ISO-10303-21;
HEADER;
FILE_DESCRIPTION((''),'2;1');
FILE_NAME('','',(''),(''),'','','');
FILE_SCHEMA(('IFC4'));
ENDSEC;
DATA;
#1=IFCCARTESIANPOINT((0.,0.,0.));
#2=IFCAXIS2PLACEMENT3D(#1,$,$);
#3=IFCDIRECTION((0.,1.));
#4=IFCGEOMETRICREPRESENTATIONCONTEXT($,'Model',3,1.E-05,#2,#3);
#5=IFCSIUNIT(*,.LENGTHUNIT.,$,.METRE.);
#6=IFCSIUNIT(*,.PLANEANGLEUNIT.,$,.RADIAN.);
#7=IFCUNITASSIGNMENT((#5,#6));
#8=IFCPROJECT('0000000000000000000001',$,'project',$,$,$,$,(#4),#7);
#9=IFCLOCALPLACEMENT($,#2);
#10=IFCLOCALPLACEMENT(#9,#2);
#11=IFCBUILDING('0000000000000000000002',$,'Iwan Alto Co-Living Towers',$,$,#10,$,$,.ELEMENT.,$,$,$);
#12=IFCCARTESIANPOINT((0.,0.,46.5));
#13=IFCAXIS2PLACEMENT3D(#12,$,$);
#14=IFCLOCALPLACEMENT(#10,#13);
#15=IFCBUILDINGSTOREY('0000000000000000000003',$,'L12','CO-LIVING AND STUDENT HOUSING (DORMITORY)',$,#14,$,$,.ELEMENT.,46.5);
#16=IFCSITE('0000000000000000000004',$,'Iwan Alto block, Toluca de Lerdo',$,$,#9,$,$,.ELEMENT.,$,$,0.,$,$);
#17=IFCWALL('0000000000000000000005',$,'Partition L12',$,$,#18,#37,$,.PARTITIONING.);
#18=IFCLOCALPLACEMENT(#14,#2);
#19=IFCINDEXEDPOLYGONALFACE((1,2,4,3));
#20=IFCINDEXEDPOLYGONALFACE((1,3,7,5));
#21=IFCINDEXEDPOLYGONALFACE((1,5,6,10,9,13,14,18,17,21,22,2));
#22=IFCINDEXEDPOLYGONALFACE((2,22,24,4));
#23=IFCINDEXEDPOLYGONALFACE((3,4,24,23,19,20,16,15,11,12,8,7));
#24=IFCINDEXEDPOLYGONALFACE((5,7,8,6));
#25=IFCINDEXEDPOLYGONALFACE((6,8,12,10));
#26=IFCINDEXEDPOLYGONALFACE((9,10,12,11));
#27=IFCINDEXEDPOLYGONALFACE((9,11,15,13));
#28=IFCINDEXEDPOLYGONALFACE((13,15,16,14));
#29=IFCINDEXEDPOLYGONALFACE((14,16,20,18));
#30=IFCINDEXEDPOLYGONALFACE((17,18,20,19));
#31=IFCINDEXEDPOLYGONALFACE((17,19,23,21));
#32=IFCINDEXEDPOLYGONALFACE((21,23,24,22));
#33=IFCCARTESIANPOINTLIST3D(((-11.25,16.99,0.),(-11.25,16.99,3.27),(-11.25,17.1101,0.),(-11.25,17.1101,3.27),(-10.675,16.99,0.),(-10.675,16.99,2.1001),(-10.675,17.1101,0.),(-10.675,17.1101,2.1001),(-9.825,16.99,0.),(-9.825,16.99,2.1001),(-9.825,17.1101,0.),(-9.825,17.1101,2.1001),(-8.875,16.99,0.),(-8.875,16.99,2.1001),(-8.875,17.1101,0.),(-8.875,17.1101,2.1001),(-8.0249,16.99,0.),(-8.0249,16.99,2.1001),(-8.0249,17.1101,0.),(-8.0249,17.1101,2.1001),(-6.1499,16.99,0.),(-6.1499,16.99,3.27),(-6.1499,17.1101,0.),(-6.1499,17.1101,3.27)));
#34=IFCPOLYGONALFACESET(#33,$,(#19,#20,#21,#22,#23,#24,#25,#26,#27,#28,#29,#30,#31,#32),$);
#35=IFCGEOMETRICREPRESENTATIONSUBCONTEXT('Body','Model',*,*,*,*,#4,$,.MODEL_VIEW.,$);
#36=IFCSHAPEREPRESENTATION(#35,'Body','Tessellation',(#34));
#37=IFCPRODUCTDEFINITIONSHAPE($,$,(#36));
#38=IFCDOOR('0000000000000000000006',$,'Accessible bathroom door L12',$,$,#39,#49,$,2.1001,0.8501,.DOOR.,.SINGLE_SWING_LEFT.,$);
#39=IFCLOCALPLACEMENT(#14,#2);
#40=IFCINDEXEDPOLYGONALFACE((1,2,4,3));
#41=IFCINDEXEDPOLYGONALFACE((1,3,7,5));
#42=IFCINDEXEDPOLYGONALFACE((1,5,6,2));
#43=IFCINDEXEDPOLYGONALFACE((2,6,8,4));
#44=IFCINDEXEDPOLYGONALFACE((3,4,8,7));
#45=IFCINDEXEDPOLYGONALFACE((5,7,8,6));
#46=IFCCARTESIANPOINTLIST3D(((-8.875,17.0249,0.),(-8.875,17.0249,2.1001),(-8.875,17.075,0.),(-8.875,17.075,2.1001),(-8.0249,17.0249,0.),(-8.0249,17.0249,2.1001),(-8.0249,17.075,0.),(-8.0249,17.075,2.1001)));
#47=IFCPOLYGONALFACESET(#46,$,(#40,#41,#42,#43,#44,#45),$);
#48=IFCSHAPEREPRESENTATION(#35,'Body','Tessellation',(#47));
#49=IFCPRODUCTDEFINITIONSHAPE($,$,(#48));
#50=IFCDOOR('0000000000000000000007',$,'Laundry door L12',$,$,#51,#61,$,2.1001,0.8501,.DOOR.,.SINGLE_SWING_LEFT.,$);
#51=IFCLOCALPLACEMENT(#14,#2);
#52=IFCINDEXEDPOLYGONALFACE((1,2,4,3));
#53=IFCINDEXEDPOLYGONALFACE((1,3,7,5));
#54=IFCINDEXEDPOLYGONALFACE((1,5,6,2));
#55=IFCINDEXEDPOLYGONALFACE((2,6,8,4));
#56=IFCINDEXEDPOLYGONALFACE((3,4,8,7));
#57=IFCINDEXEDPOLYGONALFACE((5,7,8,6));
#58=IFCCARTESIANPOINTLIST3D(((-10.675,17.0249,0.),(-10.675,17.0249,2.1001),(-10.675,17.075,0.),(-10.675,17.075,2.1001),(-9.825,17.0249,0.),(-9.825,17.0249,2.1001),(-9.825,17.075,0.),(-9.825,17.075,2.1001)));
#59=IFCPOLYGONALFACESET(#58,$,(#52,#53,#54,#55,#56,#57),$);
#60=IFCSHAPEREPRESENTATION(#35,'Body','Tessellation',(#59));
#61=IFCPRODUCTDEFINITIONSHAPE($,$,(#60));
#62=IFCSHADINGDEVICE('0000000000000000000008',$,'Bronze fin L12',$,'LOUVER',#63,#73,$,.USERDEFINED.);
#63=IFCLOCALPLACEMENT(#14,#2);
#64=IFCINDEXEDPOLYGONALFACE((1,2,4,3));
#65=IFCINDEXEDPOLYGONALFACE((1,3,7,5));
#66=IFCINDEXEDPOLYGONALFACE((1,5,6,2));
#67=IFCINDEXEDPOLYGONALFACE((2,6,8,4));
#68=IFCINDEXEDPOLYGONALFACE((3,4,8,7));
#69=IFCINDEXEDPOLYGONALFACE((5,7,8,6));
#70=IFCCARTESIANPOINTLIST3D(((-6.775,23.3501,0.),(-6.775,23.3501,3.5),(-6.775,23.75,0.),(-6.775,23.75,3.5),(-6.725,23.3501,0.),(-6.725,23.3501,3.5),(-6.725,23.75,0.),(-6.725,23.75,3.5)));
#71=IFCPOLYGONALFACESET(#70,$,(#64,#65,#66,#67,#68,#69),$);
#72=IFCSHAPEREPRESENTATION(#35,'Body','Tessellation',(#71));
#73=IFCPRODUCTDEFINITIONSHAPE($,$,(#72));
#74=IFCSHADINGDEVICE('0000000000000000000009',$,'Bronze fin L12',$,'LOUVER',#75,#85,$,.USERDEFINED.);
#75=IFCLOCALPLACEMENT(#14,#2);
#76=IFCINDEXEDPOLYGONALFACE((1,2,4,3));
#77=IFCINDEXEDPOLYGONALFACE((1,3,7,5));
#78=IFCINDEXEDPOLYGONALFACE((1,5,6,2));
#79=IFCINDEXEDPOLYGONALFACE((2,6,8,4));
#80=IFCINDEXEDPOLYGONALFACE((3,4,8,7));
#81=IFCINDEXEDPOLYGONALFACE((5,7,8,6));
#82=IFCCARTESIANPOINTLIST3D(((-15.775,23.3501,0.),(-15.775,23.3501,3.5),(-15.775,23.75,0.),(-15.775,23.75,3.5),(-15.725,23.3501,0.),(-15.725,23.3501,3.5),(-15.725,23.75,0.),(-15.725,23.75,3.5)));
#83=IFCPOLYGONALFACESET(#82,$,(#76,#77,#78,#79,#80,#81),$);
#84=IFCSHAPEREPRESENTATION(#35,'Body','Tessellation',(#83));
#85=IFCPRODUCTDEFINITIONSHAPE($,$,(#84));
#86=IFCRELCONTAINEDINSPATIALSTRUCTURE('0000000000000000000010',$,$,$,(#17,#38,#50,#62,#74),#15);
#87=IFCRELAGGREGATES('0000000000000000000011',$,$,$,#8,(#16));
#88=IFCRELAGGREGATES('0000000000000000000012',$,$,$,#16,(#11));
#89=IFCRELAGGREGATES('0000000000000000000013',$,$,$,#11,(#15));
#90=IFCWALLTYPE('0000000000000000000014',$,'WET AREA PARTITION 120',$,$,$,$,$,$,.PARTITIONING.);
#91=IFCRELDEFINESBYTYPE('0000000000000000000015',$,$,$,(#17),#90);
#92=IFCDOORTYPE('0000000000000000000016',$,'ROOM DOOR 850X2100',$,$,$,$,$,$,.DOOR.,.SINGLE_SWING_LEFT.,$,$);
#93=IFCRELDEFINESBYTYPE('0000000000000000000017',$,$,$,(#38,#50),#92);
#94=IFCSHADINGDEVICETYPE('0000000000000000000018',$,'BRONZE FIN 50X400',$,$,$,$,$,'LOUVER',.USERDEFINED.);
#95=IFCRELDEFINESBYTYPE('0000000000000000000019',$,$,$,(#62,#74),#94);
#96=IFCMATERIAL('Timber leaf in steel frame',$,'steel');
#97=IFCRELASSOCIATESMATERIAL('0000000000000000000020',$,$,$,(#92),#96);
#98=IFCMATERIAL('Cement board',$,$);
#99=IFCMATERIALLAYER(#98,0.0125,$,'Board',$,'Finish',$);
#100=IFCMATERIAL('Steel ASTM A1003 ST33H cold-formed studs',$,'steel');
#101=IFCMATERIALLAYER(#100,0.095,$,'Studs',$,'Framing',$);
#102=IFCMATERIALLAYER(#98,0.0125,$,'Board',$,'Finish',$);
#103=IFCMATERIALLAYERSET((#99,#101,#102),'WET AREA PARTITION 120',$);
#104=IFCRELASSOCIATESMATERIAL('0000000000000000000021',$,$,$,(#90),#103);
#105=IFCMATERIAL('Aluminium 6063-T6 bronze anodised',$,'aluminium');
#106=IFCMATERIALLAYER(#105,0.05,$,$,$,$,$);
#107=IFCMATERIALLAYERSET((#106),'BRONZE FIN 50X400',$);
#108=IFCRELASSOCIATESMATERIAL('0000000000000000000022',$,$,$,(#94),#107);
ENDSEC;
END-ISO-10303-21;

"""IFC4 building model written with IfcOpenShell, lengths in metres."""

from ifc_helpers import new_model, si_unit, direction, frame, frame_2d, origin, origin_2d, place, context, subcontext, project, spatial, rectangle, extrude, material, layer, layer_set, type_object, element, fill, save


model = new_model("IFC4")

# Units and contexts
model_context = context("Model", 3, precision=1e-05, world=origin(), true_north=direction((0.0, 1.0)))
body_context = subcontext(model_context, "Body", "Model", "MODEL_VIEW")
ifc_project = project(units=[si_unit("LENGTHUNIT", "METRE"), si_unit("PLANEANGLEUNIT", "RADIAN")], contexts=[model_context])

# Site, building, storey
site_placement = place(None, origin())
site = spatial("IfcSite", under=ifc_project, at=site_placement, Name="Iwan Alto block, Toluca de Lerdo", CompositionType="ELEMENT", RefElevation=0.0)
building_placement = place(site_placement, origin())
building = spatial("IfcBuilding", under=site, at=building_placement, Name="Iwan Alto Co-Living Towers", CompositionType="ELEMENT")
storey_placement = place(building_placement, frame((0.0, 0.0, 46.5)))
storey = spatial("IfcBuildingStorey", under=building, at=storey_placement, Name="L12", Description="CO-LIVING AND STUDENT HOUSING (DORMITORY)", CompositionType="ELEMENT", Elevation=46.5)

# Shared definitions
ifc_material_1 = material(Name="Steel ASTM A1003 ST33H cold-formed studs", Category="steel")
ifc_material_2 = material(Name="Timber leaf in steel frame", Category="steel")
door_type_1 = type_object("IfcDoorType", Name="ROOM DOOR 850X2100", OperationType="SINGLE_SWING_LEFT", PredefinedType="DOOR", material=ifc_material_2)

# Wall, openings, doors
ifc_material_3 = material(Name="Cement board")
ifc_layer_1 = layer(ifc_material_3, 0.0125, Name="Board", Category="Finish")
ifc_layer_2 = layer(ifc_material_1, 0.095, Name="Studs", Category="Framing")
ifc_layer_3 = layer(ifc_material_3, 0.0125, Name="Board", Category="Finish")
ifc_layer_set_1 = layer_set([ifc_layer_1, ifc_layer_2, ifc_layer_3], Name="WET AREA PARTITION 120")
wall_type_1 = type_object("IfcWallType", Name="WET AREA PARTITION 120", PredefinedType="PARTITIONING", material=ifc_layer_set_1)
wall_1_placement = place(storey_placement, frame((-11.25, 17.05, 0.0), z_axis=(0.0, 0.0, 1.0), x_axis=(1.0, 0.0, 0.0)))
wall_1 = element("IfcWall", 1, at=wall_1_placement, inside=storey, type_object=wall_type_1, Name="Partition L12", PredefinedType="PARTITIONING", context=body_context, shape_type="SweptSolid", body=[
    extrude(rectangle(XDim=5.1001, YDim=0.1201, at=frame_2d((2.55, 0.0))), origin(), (0.0, 0.0, 1.0), 3.27),
])
opening_1_placement = place(wall_1_placement, frame((2.375, 0.0, 0.0)))
opening_1 = element("IfcOpeningElement", 2, at=opening_1_placement, cuts=wall_1, PredefinedType="OPENING", context=body_context, shape_type="SweptSolid", body=[
    extrude(rectangle(XDim=0.8501, YDim=2.1001, at=frame_2d((0.425, 1.05))), frame((0.0, 0.0701, 0.0), z_axis=(0.0, -1.0, 0.0), x_axis=(1.0, 0.0, 0.0)), (0.0, 0.0, 1.0), 0.1401),
])
opening_2_placement = place(wall_1_placement, frame((0.575, 0.0, 0.0)))
opening_2 = element("IfcOpeningElement", 3, at=opening_2_placement, cuts=wall_1, PredefinedType="OPENING", context=body_context, shape_type="SweptSolid", body=[
    extrude(rectangle(XDim=0.8501, YDim=2.1001, at=frame_2d((0.425, 1.05))), frame((0.0, 0.0701, 0.0), z_axis=(0.0, -1.0, 0.0), x_axis=(1.0, 0.0, 0.0)), (0.0, 0.0, 1.0), 0.1401),
])
door_1_placement = place(opening_1_placement, origin())
door_1 = element("IfcDoor", 4, at=door_1_placement, inside=storey, type_object=door_type_1, Name="Accessible bathroom door L12", OperationType="SINGLE_SWING_LEFT", OverallHeight=2.1001, OverallWidth=0.8501, PredefinedType="DOOR", context=body_context, shape_type="SweptSolid", body=[
    extrude(rectangle(XDim=0.8501, YDim=2.1001, at=frame_2d((0.425, 1.05))), frame((0.0, 0.0249, 0.0), z_axis=(0.0, -1.0, 0.0), x_axis=(1.0, 0.0, 0.0)), (0.0, 0.0, 1.0), 0.05),
])
fill(opening_1, door_1)
door_2_placement = place(opening_2_placement, origin())
door_2 = element("IfcDoor", 5, at=door_2_placement, inside=storey, type_object=door_type_1, Name="Laundry door L12", OperationType="SINGLE_SWING_LEFT", OverallHeight=2.1001, OverallWidth=0.8501, PredefinedType="DOOR", context=body_context, shape_type="SweptSolid", body=[
    extrude(rectangle(XDim=0.8501, YDim=2.1001, at=frame_2d((0.425, 1.05))), frame((0.0, 0.0249, 0.0), z_axis=(0.0, -1.0, 0.0), x_axis=(1.0, 0.0, 0.0)), (0.0, 0.0, 1.0), 0.05),
])
fill(opening_2, door_2)

# Shading devices
ifc_material_4 = material(Name="Aluminium 6063-T6 bronze anodised", Category="aluminium")
ifc_layer_4 = layer(ifc_material_4, 0.05)
ifc_layer_set_2 = layer_set([ifc_layer_4], Name="BRONZE FIN 50X400")
shading_device_type = type_object("IfcShadingDeviceType", Name="BRONZE FIN 50X400", ElementType="LOUVER", PredefinedType="USERDEFINED", material=ifc_layer_set_2)
for number, where, z_axis, x_axis, name in (
    (6, (-6.75, 23.55, 0.0), (0.0, 0.0, 1.0), (-1.0, 0.0, 0.0), "Bronze fin L12"),
    (7, (-15.75, 23.55, 0.0), (0.0, 0.0, 1.0), (-1.0, 0.0, 0.0), "Bronze fin L12"),
):
    element("IfcShadingDevice", number, at=place(storey_placement, frame(where, z_axis=z_axis, x_axis=x_axis)), inside=storey, type_object=shading_device_type, Name=name, ObjectType="LOUVER", PredefinedType="USERDEFINED", context=body_context, shape_type="SweptSolid", body=[
        extrude(rectangle(XDim=0.05, YDim=0.3999, at=origin_2d()), origin(), (0.0, 0.0, 1.0), 3.5),
    ])

save(model, "model.ifc")
